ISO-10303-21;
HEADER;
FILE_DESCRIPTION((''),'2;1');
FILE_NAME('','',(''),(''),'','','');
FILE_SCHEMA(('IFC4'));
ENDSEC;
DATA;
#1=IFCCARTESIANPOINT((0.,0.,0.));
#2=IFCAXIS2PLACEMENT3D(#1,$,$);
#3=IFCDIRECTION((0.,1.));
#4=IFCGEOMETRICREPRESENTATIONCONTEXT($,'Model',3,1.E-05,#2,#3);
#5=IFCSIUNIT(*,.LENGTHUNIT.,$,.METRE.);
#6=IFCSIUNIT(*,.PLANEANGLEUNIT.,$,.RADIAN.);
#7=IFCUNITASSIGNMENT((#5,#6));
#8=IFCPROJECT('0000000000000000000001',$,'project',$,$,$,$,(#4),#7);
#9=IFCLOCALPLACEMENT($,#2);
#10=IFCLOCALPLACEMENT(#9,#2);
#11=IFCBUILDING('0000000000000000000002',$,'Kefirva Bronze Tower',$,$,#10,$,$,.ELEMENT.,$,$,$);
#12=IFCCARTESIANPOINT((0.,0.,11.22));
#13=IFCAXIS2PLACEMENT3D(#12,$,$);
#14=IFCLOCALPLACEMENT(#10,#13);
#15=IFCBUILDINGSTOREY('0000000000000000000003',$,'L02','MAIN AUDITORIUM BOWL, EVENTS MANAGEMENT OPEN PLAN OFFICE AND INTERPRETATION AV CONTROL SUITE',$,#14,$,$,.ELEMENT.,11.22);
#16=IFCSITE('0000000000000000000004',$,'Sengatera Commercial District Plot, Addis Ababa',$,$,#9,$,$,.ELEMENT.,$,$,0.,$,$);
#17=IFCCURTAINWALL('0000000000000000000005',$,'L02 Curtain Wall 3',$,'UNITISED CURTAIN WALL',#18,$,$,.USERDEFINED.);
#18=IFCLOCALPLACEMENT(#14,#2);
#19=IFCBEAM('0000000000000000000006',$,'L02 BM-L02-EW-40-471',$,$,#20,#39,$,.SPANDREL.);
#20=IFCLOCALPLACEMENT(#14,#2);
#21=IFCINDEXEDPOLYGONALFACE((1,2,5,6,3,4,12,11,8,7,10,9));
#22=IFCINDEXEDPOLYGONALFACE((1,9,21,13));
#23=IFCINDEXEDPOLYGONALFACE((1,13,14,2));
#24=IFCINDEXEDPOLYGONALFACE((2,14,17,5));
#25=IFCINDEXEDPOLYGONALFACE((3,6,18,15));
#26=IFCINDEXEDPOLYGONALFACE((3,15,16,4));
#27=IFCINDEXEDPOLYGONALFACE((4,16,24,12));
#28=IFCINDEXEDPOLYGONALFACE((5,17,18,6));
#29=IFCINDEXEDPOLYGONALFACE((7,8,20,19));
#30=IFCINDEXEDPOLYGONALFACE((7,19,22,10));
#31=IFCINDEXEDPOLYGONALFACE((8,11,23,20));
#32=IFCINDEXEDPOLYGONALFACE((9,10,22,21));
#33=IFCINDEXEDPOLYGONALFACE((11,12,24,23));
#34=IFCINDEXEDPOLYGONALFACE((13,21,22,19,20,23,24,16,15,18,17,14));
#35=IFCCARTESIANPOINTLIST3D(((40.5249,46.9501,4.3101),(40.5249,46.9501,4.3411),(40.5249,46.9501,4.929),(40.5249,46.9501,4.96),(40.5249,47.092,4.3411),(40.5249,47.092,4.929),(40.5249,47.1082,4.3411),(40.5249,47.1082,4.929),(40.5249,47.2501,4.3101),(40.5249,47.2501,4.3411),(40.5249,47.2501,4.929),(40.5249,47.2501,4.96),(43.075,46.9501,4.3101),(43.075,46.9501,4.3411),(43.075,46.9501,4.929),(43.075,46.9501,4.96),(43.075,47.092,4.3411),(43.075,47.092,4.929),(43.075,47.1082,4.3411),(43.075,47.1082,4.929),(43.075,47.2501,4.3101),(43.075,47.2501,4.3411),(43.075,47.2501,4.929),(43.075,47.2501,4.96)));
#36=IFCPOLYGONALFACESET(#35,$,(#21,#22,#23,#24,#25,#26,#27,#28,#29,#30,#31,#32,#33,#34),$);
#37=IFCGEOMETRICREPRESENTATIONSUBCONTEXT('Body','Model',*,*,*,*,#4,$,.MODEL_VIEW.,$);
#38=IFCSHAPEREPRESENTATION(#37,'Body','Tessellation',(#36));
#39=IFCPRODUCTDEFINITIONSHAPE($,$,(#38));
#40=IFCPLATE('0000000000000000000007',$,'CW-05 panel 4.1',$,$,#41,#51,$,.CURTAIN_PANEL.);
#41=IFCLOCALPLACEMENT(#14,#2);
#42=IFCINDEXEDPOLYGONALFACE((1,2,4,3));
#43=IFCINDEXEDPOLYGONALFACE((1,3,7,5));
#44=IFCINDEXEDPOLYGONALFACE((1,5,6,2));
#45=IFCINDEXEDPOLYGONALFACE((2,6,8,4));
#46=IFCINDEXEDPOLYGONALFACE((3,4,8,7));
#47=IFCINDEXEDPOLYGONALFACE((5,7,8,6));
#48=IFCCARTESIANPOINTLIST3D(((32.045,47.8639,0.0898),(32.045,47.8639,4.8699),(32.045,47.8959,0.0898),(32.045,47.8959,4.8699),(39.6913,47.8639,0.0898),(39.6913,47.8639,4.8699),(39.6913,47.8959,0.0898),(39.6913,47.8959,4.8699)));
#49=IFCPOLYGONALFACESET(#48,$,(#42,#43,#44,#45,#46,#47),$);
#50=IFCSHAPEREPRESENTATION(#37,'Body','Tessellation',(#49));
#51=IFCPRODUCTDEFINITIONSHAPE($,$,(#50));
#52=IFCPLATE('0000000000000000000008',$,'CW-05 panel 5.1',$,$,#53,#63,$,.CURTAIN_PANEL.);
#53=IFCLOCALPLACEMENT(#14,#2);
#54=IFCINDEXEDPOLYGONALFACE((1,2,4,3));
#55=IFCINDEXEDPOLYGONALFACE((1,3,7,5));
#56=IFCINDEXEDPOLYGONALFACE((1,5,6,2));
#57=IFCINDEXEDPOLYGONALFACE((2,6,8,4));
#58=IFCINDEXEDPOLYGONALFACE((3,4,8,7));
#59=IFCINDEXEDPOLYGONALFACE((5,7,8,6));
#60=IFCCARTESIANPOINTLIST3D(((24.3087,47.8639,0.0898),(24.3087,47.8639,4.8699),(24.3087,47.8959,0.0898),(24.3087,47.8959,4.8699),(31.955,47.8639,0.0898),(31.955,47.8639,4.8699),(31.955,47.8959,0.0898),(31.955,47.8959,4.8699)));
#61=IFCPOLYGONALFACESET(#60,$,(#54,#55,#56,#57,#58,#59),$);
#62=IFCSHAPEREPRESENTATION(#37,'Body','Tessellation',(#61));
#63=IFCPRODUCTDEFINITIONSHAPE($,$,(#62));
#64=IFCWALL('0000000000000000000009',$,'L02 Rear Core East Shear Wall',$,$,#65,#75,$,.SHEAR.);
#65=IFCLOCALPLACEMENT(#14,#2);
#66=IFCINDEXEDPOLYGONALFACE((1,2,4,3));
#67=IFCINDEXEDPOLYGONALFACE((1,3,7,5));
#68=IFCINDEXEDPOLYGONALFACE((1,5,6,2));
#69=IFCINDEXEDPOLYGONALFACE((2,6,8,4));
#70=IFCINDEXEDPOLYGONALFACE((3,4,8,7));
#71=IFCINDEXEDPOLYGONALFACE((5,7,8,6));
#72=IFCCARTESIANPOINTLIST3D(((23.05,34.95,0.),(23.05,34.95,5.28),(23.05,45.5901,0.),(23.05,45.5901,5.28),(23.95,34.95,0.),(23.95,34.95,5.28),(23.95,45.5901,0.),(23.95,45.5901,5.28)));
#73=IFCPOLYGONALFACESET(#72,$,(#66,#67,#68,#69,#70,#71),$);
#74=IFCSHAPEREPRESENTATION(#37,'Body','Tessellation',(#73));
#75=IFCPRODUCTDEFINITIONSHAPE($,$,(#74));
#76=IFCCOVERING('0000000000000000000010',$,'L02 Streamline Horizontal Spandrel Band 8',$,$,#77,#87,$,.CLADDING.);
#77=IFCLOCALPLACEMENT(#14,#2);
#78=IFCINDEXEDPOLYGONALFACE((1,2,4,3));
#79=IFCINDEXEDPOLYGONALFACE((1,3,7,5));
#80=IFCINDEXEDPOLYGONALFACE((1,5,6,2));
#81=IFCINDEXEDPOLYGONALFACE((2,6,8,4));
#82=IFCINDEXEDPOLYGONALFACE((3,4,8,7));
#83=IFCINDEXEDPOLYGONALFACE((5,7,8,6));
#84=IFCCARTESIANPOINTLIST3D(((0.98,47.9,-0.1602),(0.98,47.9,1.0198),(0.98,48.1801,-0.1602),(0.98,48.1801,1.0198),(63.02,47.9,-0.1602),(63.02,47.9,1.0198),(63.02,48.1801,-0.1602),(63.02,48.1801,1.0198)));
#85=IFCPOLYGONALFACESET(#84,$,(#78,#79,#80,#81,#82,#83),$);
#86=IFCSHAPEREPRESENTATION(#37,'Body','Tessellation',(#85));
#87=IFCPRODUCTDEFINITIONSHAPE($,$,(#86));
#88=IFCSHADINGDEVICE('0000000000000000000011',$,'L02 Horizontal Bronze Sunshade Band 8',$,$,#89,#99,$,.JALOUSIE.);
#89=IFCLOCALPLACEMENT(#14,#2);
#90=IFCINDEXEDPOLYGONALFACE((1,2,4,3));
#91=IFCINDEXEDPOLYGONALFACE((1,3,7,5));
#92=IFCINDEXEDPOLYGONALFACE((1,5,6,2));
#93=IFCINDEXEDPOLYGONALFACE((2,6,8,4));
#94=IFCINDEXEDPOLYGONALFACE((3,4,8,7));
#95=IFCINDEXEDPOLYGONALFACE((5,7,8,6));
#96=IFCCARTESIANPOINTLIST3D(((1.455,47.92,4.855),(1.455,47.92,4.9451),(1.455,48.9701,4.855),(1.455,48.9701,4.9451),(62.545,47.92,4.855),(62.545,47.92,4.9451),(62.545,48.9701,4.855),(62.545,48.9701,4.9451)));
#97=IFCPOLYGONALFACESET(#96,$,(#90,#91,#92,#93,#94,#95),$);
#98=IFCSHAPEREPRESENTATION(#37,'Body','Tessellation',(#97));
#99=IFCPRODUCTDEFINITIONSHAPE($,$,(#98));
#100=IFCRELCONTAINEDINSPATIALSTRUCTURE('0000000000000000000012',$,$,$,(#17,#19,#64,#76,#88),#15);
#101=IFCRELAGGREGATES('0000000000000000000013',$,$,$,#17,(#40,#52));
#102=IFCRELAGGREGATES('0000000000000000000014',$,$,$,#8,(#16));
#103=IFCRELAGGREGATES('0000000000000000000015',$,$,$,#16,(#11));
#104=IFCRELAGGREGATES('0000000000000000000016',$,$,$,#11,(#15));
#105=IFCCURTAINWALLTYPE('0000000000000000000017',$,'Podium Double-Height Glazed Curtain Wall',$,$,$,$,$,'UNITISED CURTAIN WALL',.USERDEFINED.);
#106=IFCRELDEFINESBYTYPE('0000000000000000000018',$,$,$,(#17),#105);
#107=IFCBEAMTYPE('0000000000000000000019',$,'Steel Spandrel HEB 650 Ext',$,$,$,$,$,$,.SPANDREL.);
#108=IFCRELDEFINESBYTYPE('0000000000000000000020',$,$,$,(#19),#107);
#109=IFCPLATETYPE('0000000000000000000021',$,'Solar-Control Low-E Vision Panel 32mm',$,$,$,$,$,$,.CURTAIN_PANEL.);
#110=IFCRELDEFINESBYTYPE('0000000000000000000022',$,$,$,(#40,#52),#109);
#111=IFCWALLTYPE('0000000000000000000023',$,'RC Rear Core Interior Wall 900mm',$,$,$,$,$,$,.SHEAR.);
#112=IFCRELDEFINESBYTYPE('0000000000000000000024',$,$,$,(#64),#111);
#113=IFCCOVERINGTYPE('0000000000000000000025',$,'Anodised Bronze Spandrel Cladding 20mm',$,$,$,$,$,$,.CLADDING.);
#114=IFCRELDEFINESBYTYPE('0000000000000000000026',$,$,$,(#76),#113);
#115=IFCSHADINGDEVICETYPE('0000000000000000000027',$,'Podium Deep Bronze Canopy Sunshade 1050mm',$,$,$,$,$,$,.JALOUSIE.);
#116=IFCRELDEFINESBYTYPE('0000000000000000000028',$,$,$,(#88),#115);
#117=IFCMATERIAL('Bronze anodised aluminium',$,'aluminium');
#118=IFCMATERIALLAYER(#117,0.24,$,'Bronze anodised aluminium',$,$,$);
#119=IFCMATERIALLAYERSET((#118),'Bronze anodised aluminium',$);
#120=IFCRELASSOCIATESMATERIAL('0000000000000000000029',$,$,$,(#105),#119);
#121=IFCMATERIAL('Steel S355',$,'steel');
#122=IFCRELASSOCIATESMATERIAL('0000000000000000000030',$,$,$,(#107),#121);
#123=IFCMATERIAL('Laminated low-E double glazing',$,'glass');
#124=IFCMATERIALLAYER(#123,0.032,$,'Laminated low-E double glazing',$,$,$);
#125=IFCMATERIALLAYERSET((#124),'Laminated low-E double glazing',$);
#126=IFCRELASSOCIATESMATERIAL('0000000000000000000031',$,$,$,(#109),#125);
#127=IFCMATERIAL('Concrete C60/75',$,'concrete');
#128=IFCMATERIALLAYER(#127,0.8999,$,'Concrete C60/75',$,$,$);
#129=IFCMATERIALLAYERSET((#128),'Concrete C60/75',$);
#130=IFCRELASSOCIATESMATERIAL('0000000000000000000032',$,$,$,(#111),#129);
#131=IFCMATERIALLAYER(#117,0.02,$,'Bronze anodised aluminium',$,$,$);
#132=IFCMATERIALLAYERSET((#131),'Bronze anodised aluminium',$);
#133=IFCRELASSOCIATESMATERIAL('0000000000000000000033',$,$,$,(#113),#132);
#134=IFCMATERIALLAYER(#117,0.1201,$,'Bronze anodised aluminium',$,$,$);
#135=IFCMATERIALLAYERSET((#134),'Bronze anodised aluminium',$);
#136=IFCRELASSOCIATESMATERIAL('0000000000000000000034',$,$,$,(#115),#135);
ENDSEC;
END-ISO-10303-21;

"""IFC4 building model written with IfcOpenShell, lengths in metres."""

from ifc_helpers import new_model, si_unit, direction, frame, frame_2d, origin, origin_2d, place, context, subcontext, project, spatial, rectangle, i_section, extrude, material, layer, layer_set, material_profile, profile_set, type_object, element, aggregate, save


model = new_model("IFC4")

# Units and contexts
model_context = context("Model", 3, precision=1e-05, world=origin(), true_north=direction((0.0, 1.0)))
body_context = subcontext(model_context, "Body", "Model", "MODEL_VIEW")
ifc_project = project(units=[si_unit("LENGTHUNIT", "METRE"), si_unit("PLANEANGLEUNIT", "RADIAN")], contexts=[model_context])

# Site, building, storey
site_placement = place(None, origin())
site = spatial("IfcSite", under=ifc_project, at=site_placement, Name="Sengatera Commercial District Plot, Addis Ababa", CompositionType="ELEMENT", RefElevation=0.0)
building_placement = place(site_placement, origin())
building = spatial("IfcBuilding", under=site, at=building_placement, Name="Kefirva Bronze Tower", CompositionType="ELEMENT")
storey_placement = place(building_placement, frame((0.0, 0.0, 11.22)))
storey = spatial("IfcBuildingStorey", under=building, at=storey_placement, Name="L02", Description="MAIN AUDITORIUM BOWL, EVENTS MANAGEMENT OPEN PLAN OFFICE AND INTERPRETATION AV CONTROL SUITE", CompositionType="ELEMENT", Elevation=11.22)

# Shared definitions
ifc_material_1 = material(Name="Concrete C60/75", Category="concrete")

# Curtain wall
ifc_material_2 = material(Name="Bronze anodised aluminium", Category="aluminium")
ifc_layer_1 = layer(ifc_material_2, 0.24, Name="Bronze anodised aluminium")
ifc_layer_set_1 = layer_set([ifc_layer_1], Name="Bronze anodised aluminium")
curtain_wall_type = type_object("IfcCurtainWallType", Name="Podium Double-Height Glazed Curtain Wall", ElementType="UNITISED CURTAIN WALL", PredefinedType="USERDEFINED", material=ifc_layer_set_1)
curtain_wall_placement = place(storey_placement, origin())
curtain_wall = element("IfcCurtainWall", 1, at=curtain_wall_placement, inside=storey, type_object=curtain_wall_type, Name="L02 Curtain Wall 3", ObjectType="UNITISED CURTAIN WALL", PredefinedType="USERDEFINED")

# Beam
ifc_material_3 = material(Name="Steel S355", Category="steel")
ifc_material_profile_1 = material_profile(ifc_material_3, i_section(OverallWidth=0.3, OverallDepth=0.6499, WebThickness=0.0161, FlangeThickness=0.031, at=origin_2d()), Name="HEB 650")
ifc_profile_set_1 = profile_set([ifc_material_profile_1], Name="Steel S355")
beam_type_1 = type_object("IfcBeamType", Name="Steel Spandrel HEB 650 Ext", PredefinedType="SPANDREL", material=ifc_profile_set_1)
beam_1_placement = place(storey_placement, frame((40.5249, 47.1001, 4.635), z_axis=(1.0, 0.0, 0.0), x_axis=(0.0, 1.0, 0.0)))
element("IfcBeam", 2, at=beam_1_placement, inside=storey, type_object=beam_type_1, Name="L02 BM-L02-EW-40-471", PredefinedType="SPANDREL", context=body_context, shape_type="SweptSolid", body=[
    extrude(i_section(OverallWidth=0.3, OverallDepth=0.6499, WebThickness=0.0161, FlangeThickness=0.031, at=origin_2d()), origin(), (0.0, 0.0, 1.0), 2.55),
])

# Plates
ifc_material_4 = material(Name="Laminated low-E double glazing", Category="glass")
ifc_layer_2 = layer(ifc_material_4, 0.032, Name="Laminated low-E double glazing")
ifc_layer_set_2 = layer_set([ifc_layer_2], Name="Laminated low-E double glazing")
plate_type = type_object("IfcPlateType", Name="Solar-Control Low-E Vision Panel 32mm", PredefinedType="CURTAIN_PANEL", material=ifc_layer_set_2)
plate_1_placement = place(storey_placement, frame((35.8682, 47.8799, 0.0898), z_axis=(0.0, 0.0, 1.0), x_axis=(-1.0, 0.0, 0.0)))
plate_1 = element("IfcPlate", 3, at=plate_1_placement, type_object=plate_type, Name="CW-05 panel 4.1", PredefinedType="CURTAIN_PANEL", context=body_context, shape_type="SweptSolid", body=[
    extrude(rectangle(XDim=7.6462, YDim=0.032, at=origin_2d()), origin(), (0.0, 0.0, 1.0), 4.78),
])
plate_2_placement = place(storey_placement, frame((28.1318, 47.8799, 0.0898), z_axis=(0.0, 0.0, 1.0), x_axis=(-1.0, 0.0, 0.0)))
plate_2 = element("IfcPlate", 4, at=plate_2_placement, type_object=plate_type, Name="CW-05 panel 5.1", PredefinedType="CURTAIN_PANEL", context=body_context, shape_type="SweptSolid", body=[
    extrude(rectangle(XDim=7.6462, YDim=0.032, at=origin_2d()), origin(), (0.0, 0.0, 1.0), 4.78),
])
aggregate(curtain_wall, [plate_1, plate_2])

# Wall
ifc_layer_3 = layer(ifc_material_1, 0.8999, Name="Concrete C60/75")
ifc_layer_set_3 = layer_set([ifc_layer_3], Name="Concrete C60/75")
wall_type = type_object("IfcWallType", Name="RC Rear Core Interior Wall 900mm", PredefinedType="SHEAR", material=ifc_layer_set_3)
wall_placement = place(storey_placement, frame((23.5, 34.95, 0.0), z_axis=(0.0, 0.0, 1.0), x_axis=(0.0, 1.0, 0.0)))
element("IfcWall", 5, at=wall_placement, inside=storey, type_object=wall_type, Name="L02 Rear Core East Shear Wall", PredefinedType="SHEAR", context=body_context, shape_type="SweptSolid", body=[
    extrude(rectangle(XDim=10.6401, YDim=0.8999, at=frame_2d((5.3201, 0.0))), origin(), (0.0, 0.0, 1.0), 5.28),
])

# Covering
ifc_layer_4 = layer(ifc_material_2, 0.02, Name="Bronze anodised aluminium")
ifc_layer_set_4 = layer_set([ifc_layer_4], Name="Bronze anodised aluminium")
covering_type_1 = type_object("IfcCoveringType", Name="Anodised Bronze Spandrel Cladding 20mm", PredefinedType="CLADDING", material=ifc_layer_set_4)
covering_1_placement = place(storey_placement, frame((32.0, 48.04, -0.1602), z_axis=(0.0, 0.0, 1.0), x_axis=(-1.0, 0.0, 0.0)))
element("IfcCovering", 6, at=covering_1_placement, inside=storey, type_object=covering_type_1, Name="L02 Streamline Horizontal Spandrel Band 8", PredefinedType="CLADDING", context=body_context, shape_type="SweptSolid", body=[
    extrude(rectangle(XDim=62.04, YDim=0.28, at=origin_2d()), origin(), (0.0, 0.0, 1.0), 1.1799),
])

# Shading device
ifc_layer_5 = layer(ifc_material_2, 0.1201, Name="Bronze anodised aluminium")
ifc_layer_set_5 = layer_set([ifc_layer_5], Name="Bronze anodised aluminium")
shading_device_type = type_object("IfcShadingDeviceType", Name="Podium Deep Bronze Canopy Sunshade 1050mm", PredefinedType="JALOUSIE", material=ifc_layer_set_5)
shading_device_placement = place(storey_placement, frame((32.0, 48.4451, 4.855), z_axis=(0.0, 0.0, 1.0), x_axis=(-1.0, 0.0, 0.0)))
element("IfcShadingDevice", 7, at=shading_device_placement, inside=storey, type_object=shading_device_type, Name="L02 Horizontal Bronze Sunshade Band 8", PredefinedType="JALOUSIE", context=body_context, shape_type="SweptSolid", body=[
    extrude(rectangle(XDim=61.0901, YDim=1.05, at=origin_2d()), origin(), (0.0, 0.0, 1.0), 0.0901),
])

save(model, "model.ifc")
